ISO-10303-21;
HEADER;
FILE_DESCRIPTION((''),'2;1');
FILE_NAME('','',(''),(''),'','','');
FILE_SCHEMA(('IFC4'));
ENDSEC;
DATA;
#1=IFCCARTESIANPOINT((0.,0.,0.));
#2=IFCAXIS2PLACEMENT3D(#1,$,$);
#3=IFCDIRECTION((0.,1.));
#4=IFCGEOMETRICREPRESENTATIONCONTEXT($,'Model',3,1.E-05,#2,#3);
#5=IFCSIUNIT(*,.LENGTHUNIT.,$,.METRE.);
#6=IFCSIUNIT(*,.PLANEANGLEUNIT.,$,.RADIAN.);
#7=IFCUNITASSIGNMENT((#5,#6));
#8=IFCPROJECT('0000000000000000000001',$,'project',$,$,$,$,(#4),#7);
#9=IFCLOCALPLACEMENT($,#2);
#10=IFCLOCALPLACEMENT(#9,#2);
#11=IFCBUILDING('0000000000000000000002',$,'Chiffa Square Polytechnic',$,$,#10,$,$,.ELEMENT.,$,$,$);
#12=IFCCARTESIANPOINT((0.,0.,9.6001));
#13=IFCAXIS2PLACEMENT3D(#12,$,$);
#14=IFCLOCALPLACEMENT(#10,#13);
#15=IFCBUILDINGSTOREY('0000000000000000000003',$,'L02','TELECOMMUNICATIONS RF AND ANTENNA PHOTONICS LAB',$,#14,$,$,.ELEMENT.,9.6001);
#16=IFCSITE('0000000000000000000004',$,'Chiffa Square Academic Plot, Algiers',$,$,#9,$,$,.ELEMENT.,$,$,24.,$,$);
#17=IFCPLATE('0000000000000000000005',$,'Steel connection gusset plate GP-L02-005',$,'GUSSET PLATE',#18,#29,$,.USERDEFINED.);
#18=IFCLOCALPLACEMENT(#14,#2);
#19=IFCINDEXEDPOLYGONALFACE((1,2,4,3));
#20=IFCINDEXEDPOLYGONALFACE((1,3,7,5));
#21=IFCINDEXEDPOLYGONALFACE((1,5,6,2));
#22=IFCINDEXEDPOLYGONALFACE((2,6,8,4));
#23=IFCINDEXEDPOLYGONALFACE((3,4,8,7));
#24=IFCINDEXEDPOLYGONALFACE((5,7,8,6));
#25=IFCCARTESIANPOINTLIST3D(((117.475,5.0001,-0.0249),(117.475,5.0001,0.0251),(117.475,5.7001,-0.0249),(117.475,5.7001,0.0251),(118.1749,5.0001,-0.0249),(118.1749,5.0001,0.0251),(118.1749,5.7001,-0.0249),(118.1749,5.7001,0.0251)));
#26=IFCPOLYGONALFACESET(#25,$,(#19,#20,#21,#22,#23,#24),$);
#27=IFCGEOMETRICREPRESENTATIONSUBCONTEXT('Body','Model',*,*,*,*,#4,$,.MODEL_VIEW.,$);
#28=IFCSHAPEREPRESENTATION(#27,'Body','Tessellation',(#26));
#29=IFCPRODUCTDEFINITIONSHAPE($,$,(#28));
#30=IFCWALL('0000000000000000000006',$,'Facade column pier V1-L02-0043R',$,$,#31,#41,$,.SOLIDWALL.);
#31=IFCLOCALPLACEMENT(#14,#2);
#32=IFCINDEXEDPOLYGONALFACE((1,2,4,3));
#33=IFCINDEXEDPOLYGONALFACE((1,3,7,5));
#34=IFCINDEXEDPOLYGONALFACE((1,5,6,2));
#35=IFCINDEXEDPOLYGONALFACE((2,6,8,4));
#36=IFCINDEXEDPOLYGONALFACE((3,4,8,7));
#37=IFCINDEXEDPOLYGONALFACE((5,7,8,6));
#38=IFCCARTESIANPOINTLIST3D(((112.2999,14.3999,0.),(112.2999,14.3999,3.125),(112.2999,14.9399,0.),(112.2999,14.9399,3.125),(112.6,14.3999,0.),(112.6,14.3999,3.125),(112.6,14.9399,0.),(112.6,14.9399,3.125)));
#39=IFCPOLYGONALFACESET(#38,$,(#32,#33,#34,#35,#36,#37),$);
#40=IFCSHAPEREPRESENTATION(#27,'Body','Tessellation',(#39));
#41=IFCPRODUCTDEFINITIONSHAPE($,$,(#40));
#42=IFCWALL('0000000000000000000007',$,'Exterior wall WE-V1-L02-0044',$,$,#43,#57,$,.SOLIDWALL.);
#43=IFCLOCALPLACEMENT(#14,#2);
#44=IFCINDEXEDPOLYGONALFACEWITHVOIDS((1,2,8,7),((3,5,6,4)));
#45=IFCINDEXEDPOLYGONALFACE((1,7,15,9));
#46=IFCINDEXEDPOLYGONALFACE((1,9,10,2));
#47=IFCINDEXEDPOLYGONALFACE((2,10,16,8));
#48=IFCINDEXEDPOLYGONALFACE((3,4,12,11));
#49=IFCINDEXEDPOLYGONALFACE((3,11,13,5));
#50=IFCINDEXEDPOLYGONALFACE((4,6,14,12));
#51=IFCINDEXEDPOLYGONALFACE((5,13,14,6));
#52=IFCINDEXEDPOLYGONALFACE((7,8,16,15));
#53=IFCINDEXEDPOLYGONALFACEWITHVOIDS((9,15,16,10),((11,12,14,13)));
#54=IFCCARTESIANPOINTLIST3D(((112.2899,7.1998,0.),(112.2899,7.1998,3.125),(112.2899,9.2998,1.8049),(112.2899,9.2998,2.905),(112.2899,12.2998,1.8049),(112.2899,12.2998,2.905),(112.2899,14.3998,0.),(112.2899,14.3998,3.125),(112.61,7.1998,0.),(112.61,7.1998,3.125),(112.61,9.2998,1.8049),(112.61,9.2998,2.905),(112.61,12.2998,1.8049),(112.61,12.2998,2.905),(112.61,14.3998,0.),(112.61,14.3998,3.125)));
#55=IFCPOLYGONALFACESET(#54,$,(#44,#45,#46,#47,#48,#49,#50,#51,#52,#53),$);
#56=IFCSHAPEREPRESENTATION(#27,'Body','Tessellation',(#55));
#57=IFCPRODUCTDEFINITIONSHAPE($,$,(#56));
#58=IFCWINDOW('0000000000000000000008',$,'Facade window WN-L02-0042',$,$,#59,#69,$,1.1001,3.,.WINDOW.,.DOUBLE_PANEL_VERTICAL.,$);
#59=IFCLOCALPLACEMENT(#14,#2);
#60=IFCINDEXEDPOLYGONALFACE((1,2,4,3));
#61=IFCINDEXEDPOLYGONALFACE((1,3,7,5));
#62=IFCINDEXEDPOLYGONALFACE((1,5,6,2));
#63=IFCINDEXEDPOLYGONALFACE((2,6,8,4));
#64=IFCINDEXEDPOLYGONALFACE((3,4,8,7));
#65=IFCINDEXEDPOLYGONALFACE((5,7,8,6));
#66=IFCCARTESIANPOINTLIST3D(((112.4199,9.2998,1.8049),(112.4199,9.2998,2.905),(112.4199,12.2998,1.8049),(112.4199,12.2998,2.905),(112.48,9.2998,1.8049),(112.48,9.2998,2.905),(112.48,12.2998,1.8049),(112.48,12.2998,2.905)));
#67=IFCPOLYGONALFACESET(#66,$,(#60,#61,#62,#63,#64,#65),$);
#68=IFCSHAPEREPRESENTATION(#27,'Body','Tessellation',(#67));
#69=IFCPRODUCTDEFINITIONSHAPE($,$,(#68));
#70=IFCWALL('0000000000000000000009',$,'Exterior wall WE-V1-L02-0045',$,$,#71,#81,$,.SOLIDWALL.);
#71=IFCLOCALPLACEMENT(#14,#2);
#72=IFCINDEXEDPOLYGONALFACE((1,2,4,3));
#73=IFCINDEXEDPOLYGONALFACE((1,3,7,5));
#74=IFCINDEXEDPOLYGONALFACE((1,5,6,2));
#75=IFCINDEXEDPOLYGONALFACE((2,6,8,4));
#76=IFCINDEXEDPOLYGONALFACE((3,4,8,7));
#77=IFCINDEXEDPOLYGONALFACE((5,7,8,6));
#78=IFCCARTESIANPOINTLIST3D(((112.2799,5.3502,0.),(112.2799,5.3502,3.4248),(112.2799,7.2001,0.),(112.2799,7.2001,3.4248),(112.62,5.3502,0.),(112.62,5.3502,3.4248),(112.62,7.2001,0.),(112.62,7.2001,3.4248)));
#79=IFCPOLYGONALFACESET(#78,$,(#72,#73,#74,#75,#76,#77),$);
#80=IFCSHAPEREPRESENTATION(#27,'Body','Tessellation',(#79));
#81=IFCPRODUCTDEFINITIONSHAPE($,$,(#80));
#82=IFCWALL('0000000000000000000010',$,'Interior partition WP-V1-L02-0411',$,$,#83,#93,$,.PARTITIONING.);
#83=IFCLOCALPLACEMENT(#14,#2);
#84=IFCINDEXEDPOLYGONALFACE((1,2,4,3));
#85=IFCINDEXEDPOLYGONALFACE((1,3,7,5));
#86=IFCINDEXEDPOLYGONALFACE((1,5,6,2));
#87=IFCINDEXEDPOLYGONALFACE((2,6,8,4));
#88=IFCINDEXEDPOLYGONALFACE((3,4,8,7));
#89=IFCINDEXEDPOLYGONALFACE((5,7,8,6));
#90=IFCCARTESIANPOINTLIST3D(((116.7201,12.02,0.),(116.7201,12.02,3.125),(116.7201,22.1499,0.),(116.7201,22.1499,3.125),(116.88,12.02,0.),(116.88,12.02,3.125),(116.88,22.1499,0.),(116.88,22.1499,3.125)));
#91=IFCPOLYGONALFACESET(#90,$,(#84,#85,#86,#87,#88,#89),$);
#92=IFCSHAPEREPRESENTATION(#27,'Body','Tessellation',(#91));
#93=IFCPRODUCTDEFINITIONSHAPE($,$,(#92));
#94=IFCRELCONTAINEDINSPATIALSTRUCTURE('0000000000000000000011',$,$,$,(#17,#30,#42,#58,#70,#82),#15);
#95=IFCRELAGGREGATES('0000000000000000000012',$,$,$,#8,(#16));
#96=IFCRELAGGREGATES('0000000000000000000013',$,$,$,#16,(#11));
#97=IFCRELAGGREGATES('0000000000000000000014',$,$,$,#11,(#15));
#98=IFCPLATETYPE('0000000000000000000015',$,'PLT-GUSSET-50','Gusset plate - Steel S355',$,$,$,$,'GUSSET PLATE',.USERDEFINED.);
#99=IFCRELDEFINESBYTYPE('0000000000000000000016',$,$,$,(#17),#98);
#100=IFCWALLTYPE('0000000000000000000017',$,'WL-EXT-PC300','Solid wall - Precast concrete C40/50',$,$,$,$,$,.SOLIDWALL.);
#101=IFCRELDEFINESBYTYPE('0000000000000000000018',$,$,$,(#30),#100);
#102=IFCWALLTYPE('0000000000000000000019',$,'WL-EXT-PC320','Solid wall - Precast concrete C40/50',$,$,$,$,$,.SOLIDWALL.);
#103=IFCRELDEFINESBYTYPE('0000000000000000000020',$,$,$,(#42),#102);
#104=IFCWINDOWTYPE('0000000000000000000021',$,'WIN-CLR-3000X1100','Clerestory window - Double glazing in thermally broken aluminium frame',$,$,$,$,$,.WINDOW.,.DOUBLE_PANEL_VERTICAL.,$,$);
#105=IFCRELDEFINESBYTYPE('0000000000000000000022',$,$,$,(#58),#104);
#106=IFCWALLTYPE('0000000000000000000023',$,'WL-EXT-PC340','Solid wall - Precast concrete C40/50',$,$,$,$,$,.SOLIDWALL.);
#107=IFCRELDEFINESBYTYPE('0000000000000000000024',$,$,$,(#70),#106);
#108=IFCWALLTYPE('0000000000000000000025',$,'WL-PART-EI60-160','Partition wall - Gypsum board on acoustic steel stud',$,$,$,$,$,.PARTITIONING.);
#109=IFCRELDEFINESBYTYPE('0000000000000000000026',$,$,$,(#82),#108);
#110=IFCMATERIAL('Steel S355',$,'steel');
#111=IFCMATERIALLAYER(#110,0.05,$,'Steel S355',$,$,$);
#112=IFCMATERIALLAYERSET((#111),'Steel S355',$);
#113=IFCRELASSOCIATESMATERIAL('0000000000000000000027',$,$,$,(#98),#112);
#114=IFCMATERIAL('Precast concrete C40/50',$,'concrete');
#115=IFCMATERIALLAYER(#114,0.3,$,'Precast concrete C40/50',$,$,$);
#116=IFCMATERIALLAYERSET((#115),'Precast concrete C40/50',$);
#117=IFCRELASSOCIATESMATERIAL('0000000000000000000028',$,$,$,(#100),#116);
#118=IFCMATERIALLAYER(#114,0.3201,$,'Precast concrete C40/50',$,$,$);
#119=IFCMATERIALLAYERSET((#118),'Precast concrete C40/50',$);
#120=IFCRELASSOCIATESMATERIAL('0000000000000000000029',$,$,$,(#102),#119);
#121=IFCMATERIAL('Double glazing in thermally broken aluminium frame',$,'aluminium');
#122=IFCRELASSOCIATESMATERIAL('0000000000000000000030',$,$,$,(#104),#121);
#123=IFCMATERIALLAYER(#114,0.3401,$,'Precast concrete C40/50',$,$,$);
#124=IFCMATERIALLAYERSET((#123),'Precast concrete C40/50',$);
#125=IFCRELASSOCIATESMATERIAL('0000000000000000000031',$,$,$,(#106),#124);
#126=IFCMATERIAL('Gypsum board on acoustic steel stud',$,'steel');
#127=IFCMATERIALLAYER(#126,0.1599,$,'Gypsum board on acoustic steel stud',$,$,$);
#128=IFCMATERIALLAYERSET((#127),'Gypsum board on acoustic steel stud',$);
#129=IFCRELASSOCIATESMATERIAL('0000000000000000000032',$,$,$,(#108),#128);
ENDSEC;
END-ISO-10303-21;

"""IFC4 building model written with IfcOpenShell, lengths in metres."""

from ifc_helpers import new_model, si_unit, direction, frame, frame_2d, origin, origin_2d, place, context, subcontext, project, spatial, rectangle, extrude, material, layer, layer_set, type_object, element, fill, save


model = new_model("IFC4")

# Units and contexts
model_context = context("Model", 3, precision=1e-05, world=origin(), true_north=direction((0.0, 1.0)))
body_context = subcontext(model_context, "Body", "Model", "MODEL_VIEW")
ifc_project = project(units=[si_unit("LENGTHUNIT", "METRE"), si_unit("PLANEANGLEUNIT", "RADIAN")], contexts=[model_context])

# Site, building, storey
site_placement = place(None, origin())
site = spatial("IfcSite", under=ifc_project, at=site_placement, Name="Chiffa Square Academic Plot, Algiers", CompositionType="ELEMENT", RefElevation=24.0)
building_placement = place(site_placement, origin())
building = spatial("IfcBuilding", under=site, at=building_placement, Name="Chiffa Square Polytechnic", CompositionType="ELEMENT")
storey_placement = place(building_placement, frame((0.0, 0.0, 9.6001)))
storey = spatial("IfcBuildingStorey", under=building, at=storey_placement, Name="L02", Description="TELECOMMUNICATIONS RF AND ANTENNA PHOTONICS LAB", CompositionType="ELEMENT", Elevation=9.6001)

# Shared definitions
ifc_material_1 = material(Name="Steel S355", Category="steel")

# Plate
ifc_layer_1 = layer(ifc_material_1, 0.05, Name="Steel S355")
ifc_layer_set_1 = layer_set([ifc_layer_1], Name="Steel S355")
plate_type_1 = type_object("IfcPlateType", Name="PLT-GUSSET-50", Description="Gusset plate - Steel S355", ElementType="GUSSET PLATE", PredefinedType="USERDEFINED", material=ifc_layer_set_1)
plate_1_placement = place(storey_placement, frame((117.825, 5.3501, -0.0249), z_axis=(0.0, 0.0, 1.0), x_axis=(1.0, 0.0, 0.0)))
element("IfcPlate", 1, at=plate_1_placement, inside=storey, type_object=plate_type_1, Name="Steel connection gusset plate GP-L02-005", ObjectType="GUSSET PLATE", PredefinedType="USERDEFINED", context=body_context, shape_type="SweptSolid", body=[
    extrude(rectangle(XDim=0.7, YDim=0.7, at=origin_2d()), origin(), (0.0, 0.0, 1.0), 0.05),
])

# Wall
ifc_material_2 = material(Name="Precast concrete C40/50", Category="concrete")
ifc_layer_2 = layer(ifc_material_2, 0.3, Name="Precast concrete C40/50")
ifc_layer_set_2 = layer_set([ifc_layer_2], Name="Precast concrete C40/50")
wall_type_1 = type_object("IfcWallType", Name="WL-EXT-PC300", Description="Solid wall - Precast concrete C40/50", PredefinedType="SOLIDWALL", material=ifc_layer_set_2)
wall_1_placement = place(storey_placement, frame((112.45, 14.9399, 0.0), z_axis=(0.0, 0.0, 1.0), x_axis=(0.0, -1.0, 0.0)))
element("IfcWall", 2, at=wall_1_placement, inside=storey, type_object=wall_type_1, Name="Facade column pier V1-L02-0043R", PredefinedType="SOLIDWALL", context=body_context, shape_type="SweptSolid", body=[
    extrude(rectangle(XDim=0.54, YDim=0.3, at=frame_2d((0.27, 0.0))), origin(), (0.0, 0.0, 1.0), 3.125),
])

# Wall, opening, window
ifc_layer_3 = layer(ifc_material_2, 0.3201, Name="Precast concrete C40/50")
ifc_layer_set_3 = layer_set([ifc_layer_3], Name="Precast concrete C40/50")
wall_type_2 = type_object("IfcWallType", Name="WL-EXT-PC320", Description="Solid wall - Precast concrete C40/50", PredefinedType="SOLIDWALL", material=ifc_layer_set_3)
wall_2_placement = place(storey_placement, frame((112.45, 14.3999, 0.0), z_axis=(0.0, 0.0, 1.0), x_axis=(0.0, -1.0, 0.0)))
wall_2 = element("IfcWall", 3, at=wall_2_placement, inside=storey, type_object=wall_type_2, Name="Exterior wall WE-V1-L02-0044", PredefinedType="SOLIDWALL", context=body_context, shape_type="SweptSolid", body=[
    extrude(rectangle(XDim=7.2, YDim=0.3201, at=frame_2d((3.6001, 0.0))), origin(), (0.0, 0.0, 1.0), 3.125),
])
opening_1_placement = place(wall_2_placement, frame((2.1001, 0.0, 1.8049)))
opening_1 = element("IfcOpeningElement", 4, at=opening_1_placement, cuts=wall_2, PredefinedType="OPENING", context=body_context, shape_type="SweptSolid", body=[
    extrude(rectangle(XDim=3.0, YDim=1.1001, at=frame_2d((1.5, 0.55))), frame((0.0, 0.1699, 0.0), z_axis=(0.0, -1.0, 0.0), x_axis=(1.0, 0.0, 0.0)), (0.0, 0.0, 1.0), 0.3401),
])
ifc_material_3 = material(Name="Double glazing in thermally broken aluminium frame", Category="aluminium")
window_type = type_object("IfcWindowType", Name="WIN-CLR-3000X1100", Description="Clerestory window - Double glazing in thermally broken aluminium frame", PartitioningType="DOUBLE_PANEL_VERTICAL", PredefinedType="WINDOW", material=ifc_material_3)
window_placement = place(opening_1_placement, origin())
window = element("IfcWindow", 5, at=window_placement, inside=storey, type_object=window_type, Name="Facade window WN-L02-0042", OverallHeight=1.1001, OverallWidth=3.0, PartitioningType="DOUBLE_PANEL_VERTICAL", PredefinedType="WINDOW", context=body_context, shape_type="SweptSolid", body=[
    extrude(rectangle(XDim=3.0, YDim=1.1001, at=frame_2d((1.5, 0.55))), frame((0.0, 0.03, 0.0), z_axis=(0.0, -1.0, 0.0), x_axis=(1.0, 0.0, 0.0)), (0.0, 0.0, 1.0), 0.0601),
])
fill(opening_1, window)

# Wall
ifc_layer_4 = layer(ifc_material_2, 0.3401, Name="Precast concrete C40/50")
ifc_layer_set_4 = layer_set([ifc_layer_4], Name="Precast concrete C40/50")
wall_type_3 = type_object("IfcWallType", Name="WL-EXT-PC340", Description="Solid wall - Precast concrete C40/50", PredefinedType="SOLIDWALL", material=ifc_layer_set_4)
wall_3_placement = place(storey_placement, frame((112.45, 7.2, 0.0), z_axis=(0.0, 0.0, 1.0), x_axis=(0.0, -1.0, 0.0)))
element("IfcWall", 6, at=wall_3_placement, inside=storey, type_object=wall_type_3, Name="Exterior wall WE-V1-L02-0045", PredefinedType="SOLIDWALL", context=body_context, shape_type="SweptSolid", body=[
    extrude(rectangle(XDim=1.8499, YDim=0.3401, at=frame_2d((0.9248, 0.0))), origin(), (0.0, 0.0, 1.0), 3.4248),
])

# Shared definitions
ifc_material_4 = material(Name="Gypsum board on acoustic steel stud", Category="steel")
ifc_layer_5 = layer(ifc_material_4, 0.1599, Name="Gypsum board on acoustic steel stud")
ifc_layer_set_5 = layer_set([ifc_layer_5], Name="Gypsum board on acoustic steel stud")
wall_type_4 = type_object("IfcWallType", Name="WL-PART-EI60-160", Description="Partition wall - Gypsum board on acoustic steel stud", PredefinedType="PARTITIONING", material=ifc_layer_set_5)

# Wall
wall_4_placement = place(storey_placement, frame((116.8, 12.02, 0.0), z_axis=(0.0, 0.0, 1.0), x_axis=(0.0, 1.0, 0.0)))
element("IfcWall", 7, at=wall_4_placement, inside=storey, type_object=wall_type_4, Name="Interior partition WP-V1-L02-0411", PredefinedType="PARTITIONING", context=body_context, shape_type="SweptSolid", body=[
    extrude(rectangle(XDim=10.1299, YDim=0.1599, at=frame_2d((5.0649, 0.0))), origin(), (0.0, 0.0, 1.0), 3.125),
])

save(model, "model.ifc")
